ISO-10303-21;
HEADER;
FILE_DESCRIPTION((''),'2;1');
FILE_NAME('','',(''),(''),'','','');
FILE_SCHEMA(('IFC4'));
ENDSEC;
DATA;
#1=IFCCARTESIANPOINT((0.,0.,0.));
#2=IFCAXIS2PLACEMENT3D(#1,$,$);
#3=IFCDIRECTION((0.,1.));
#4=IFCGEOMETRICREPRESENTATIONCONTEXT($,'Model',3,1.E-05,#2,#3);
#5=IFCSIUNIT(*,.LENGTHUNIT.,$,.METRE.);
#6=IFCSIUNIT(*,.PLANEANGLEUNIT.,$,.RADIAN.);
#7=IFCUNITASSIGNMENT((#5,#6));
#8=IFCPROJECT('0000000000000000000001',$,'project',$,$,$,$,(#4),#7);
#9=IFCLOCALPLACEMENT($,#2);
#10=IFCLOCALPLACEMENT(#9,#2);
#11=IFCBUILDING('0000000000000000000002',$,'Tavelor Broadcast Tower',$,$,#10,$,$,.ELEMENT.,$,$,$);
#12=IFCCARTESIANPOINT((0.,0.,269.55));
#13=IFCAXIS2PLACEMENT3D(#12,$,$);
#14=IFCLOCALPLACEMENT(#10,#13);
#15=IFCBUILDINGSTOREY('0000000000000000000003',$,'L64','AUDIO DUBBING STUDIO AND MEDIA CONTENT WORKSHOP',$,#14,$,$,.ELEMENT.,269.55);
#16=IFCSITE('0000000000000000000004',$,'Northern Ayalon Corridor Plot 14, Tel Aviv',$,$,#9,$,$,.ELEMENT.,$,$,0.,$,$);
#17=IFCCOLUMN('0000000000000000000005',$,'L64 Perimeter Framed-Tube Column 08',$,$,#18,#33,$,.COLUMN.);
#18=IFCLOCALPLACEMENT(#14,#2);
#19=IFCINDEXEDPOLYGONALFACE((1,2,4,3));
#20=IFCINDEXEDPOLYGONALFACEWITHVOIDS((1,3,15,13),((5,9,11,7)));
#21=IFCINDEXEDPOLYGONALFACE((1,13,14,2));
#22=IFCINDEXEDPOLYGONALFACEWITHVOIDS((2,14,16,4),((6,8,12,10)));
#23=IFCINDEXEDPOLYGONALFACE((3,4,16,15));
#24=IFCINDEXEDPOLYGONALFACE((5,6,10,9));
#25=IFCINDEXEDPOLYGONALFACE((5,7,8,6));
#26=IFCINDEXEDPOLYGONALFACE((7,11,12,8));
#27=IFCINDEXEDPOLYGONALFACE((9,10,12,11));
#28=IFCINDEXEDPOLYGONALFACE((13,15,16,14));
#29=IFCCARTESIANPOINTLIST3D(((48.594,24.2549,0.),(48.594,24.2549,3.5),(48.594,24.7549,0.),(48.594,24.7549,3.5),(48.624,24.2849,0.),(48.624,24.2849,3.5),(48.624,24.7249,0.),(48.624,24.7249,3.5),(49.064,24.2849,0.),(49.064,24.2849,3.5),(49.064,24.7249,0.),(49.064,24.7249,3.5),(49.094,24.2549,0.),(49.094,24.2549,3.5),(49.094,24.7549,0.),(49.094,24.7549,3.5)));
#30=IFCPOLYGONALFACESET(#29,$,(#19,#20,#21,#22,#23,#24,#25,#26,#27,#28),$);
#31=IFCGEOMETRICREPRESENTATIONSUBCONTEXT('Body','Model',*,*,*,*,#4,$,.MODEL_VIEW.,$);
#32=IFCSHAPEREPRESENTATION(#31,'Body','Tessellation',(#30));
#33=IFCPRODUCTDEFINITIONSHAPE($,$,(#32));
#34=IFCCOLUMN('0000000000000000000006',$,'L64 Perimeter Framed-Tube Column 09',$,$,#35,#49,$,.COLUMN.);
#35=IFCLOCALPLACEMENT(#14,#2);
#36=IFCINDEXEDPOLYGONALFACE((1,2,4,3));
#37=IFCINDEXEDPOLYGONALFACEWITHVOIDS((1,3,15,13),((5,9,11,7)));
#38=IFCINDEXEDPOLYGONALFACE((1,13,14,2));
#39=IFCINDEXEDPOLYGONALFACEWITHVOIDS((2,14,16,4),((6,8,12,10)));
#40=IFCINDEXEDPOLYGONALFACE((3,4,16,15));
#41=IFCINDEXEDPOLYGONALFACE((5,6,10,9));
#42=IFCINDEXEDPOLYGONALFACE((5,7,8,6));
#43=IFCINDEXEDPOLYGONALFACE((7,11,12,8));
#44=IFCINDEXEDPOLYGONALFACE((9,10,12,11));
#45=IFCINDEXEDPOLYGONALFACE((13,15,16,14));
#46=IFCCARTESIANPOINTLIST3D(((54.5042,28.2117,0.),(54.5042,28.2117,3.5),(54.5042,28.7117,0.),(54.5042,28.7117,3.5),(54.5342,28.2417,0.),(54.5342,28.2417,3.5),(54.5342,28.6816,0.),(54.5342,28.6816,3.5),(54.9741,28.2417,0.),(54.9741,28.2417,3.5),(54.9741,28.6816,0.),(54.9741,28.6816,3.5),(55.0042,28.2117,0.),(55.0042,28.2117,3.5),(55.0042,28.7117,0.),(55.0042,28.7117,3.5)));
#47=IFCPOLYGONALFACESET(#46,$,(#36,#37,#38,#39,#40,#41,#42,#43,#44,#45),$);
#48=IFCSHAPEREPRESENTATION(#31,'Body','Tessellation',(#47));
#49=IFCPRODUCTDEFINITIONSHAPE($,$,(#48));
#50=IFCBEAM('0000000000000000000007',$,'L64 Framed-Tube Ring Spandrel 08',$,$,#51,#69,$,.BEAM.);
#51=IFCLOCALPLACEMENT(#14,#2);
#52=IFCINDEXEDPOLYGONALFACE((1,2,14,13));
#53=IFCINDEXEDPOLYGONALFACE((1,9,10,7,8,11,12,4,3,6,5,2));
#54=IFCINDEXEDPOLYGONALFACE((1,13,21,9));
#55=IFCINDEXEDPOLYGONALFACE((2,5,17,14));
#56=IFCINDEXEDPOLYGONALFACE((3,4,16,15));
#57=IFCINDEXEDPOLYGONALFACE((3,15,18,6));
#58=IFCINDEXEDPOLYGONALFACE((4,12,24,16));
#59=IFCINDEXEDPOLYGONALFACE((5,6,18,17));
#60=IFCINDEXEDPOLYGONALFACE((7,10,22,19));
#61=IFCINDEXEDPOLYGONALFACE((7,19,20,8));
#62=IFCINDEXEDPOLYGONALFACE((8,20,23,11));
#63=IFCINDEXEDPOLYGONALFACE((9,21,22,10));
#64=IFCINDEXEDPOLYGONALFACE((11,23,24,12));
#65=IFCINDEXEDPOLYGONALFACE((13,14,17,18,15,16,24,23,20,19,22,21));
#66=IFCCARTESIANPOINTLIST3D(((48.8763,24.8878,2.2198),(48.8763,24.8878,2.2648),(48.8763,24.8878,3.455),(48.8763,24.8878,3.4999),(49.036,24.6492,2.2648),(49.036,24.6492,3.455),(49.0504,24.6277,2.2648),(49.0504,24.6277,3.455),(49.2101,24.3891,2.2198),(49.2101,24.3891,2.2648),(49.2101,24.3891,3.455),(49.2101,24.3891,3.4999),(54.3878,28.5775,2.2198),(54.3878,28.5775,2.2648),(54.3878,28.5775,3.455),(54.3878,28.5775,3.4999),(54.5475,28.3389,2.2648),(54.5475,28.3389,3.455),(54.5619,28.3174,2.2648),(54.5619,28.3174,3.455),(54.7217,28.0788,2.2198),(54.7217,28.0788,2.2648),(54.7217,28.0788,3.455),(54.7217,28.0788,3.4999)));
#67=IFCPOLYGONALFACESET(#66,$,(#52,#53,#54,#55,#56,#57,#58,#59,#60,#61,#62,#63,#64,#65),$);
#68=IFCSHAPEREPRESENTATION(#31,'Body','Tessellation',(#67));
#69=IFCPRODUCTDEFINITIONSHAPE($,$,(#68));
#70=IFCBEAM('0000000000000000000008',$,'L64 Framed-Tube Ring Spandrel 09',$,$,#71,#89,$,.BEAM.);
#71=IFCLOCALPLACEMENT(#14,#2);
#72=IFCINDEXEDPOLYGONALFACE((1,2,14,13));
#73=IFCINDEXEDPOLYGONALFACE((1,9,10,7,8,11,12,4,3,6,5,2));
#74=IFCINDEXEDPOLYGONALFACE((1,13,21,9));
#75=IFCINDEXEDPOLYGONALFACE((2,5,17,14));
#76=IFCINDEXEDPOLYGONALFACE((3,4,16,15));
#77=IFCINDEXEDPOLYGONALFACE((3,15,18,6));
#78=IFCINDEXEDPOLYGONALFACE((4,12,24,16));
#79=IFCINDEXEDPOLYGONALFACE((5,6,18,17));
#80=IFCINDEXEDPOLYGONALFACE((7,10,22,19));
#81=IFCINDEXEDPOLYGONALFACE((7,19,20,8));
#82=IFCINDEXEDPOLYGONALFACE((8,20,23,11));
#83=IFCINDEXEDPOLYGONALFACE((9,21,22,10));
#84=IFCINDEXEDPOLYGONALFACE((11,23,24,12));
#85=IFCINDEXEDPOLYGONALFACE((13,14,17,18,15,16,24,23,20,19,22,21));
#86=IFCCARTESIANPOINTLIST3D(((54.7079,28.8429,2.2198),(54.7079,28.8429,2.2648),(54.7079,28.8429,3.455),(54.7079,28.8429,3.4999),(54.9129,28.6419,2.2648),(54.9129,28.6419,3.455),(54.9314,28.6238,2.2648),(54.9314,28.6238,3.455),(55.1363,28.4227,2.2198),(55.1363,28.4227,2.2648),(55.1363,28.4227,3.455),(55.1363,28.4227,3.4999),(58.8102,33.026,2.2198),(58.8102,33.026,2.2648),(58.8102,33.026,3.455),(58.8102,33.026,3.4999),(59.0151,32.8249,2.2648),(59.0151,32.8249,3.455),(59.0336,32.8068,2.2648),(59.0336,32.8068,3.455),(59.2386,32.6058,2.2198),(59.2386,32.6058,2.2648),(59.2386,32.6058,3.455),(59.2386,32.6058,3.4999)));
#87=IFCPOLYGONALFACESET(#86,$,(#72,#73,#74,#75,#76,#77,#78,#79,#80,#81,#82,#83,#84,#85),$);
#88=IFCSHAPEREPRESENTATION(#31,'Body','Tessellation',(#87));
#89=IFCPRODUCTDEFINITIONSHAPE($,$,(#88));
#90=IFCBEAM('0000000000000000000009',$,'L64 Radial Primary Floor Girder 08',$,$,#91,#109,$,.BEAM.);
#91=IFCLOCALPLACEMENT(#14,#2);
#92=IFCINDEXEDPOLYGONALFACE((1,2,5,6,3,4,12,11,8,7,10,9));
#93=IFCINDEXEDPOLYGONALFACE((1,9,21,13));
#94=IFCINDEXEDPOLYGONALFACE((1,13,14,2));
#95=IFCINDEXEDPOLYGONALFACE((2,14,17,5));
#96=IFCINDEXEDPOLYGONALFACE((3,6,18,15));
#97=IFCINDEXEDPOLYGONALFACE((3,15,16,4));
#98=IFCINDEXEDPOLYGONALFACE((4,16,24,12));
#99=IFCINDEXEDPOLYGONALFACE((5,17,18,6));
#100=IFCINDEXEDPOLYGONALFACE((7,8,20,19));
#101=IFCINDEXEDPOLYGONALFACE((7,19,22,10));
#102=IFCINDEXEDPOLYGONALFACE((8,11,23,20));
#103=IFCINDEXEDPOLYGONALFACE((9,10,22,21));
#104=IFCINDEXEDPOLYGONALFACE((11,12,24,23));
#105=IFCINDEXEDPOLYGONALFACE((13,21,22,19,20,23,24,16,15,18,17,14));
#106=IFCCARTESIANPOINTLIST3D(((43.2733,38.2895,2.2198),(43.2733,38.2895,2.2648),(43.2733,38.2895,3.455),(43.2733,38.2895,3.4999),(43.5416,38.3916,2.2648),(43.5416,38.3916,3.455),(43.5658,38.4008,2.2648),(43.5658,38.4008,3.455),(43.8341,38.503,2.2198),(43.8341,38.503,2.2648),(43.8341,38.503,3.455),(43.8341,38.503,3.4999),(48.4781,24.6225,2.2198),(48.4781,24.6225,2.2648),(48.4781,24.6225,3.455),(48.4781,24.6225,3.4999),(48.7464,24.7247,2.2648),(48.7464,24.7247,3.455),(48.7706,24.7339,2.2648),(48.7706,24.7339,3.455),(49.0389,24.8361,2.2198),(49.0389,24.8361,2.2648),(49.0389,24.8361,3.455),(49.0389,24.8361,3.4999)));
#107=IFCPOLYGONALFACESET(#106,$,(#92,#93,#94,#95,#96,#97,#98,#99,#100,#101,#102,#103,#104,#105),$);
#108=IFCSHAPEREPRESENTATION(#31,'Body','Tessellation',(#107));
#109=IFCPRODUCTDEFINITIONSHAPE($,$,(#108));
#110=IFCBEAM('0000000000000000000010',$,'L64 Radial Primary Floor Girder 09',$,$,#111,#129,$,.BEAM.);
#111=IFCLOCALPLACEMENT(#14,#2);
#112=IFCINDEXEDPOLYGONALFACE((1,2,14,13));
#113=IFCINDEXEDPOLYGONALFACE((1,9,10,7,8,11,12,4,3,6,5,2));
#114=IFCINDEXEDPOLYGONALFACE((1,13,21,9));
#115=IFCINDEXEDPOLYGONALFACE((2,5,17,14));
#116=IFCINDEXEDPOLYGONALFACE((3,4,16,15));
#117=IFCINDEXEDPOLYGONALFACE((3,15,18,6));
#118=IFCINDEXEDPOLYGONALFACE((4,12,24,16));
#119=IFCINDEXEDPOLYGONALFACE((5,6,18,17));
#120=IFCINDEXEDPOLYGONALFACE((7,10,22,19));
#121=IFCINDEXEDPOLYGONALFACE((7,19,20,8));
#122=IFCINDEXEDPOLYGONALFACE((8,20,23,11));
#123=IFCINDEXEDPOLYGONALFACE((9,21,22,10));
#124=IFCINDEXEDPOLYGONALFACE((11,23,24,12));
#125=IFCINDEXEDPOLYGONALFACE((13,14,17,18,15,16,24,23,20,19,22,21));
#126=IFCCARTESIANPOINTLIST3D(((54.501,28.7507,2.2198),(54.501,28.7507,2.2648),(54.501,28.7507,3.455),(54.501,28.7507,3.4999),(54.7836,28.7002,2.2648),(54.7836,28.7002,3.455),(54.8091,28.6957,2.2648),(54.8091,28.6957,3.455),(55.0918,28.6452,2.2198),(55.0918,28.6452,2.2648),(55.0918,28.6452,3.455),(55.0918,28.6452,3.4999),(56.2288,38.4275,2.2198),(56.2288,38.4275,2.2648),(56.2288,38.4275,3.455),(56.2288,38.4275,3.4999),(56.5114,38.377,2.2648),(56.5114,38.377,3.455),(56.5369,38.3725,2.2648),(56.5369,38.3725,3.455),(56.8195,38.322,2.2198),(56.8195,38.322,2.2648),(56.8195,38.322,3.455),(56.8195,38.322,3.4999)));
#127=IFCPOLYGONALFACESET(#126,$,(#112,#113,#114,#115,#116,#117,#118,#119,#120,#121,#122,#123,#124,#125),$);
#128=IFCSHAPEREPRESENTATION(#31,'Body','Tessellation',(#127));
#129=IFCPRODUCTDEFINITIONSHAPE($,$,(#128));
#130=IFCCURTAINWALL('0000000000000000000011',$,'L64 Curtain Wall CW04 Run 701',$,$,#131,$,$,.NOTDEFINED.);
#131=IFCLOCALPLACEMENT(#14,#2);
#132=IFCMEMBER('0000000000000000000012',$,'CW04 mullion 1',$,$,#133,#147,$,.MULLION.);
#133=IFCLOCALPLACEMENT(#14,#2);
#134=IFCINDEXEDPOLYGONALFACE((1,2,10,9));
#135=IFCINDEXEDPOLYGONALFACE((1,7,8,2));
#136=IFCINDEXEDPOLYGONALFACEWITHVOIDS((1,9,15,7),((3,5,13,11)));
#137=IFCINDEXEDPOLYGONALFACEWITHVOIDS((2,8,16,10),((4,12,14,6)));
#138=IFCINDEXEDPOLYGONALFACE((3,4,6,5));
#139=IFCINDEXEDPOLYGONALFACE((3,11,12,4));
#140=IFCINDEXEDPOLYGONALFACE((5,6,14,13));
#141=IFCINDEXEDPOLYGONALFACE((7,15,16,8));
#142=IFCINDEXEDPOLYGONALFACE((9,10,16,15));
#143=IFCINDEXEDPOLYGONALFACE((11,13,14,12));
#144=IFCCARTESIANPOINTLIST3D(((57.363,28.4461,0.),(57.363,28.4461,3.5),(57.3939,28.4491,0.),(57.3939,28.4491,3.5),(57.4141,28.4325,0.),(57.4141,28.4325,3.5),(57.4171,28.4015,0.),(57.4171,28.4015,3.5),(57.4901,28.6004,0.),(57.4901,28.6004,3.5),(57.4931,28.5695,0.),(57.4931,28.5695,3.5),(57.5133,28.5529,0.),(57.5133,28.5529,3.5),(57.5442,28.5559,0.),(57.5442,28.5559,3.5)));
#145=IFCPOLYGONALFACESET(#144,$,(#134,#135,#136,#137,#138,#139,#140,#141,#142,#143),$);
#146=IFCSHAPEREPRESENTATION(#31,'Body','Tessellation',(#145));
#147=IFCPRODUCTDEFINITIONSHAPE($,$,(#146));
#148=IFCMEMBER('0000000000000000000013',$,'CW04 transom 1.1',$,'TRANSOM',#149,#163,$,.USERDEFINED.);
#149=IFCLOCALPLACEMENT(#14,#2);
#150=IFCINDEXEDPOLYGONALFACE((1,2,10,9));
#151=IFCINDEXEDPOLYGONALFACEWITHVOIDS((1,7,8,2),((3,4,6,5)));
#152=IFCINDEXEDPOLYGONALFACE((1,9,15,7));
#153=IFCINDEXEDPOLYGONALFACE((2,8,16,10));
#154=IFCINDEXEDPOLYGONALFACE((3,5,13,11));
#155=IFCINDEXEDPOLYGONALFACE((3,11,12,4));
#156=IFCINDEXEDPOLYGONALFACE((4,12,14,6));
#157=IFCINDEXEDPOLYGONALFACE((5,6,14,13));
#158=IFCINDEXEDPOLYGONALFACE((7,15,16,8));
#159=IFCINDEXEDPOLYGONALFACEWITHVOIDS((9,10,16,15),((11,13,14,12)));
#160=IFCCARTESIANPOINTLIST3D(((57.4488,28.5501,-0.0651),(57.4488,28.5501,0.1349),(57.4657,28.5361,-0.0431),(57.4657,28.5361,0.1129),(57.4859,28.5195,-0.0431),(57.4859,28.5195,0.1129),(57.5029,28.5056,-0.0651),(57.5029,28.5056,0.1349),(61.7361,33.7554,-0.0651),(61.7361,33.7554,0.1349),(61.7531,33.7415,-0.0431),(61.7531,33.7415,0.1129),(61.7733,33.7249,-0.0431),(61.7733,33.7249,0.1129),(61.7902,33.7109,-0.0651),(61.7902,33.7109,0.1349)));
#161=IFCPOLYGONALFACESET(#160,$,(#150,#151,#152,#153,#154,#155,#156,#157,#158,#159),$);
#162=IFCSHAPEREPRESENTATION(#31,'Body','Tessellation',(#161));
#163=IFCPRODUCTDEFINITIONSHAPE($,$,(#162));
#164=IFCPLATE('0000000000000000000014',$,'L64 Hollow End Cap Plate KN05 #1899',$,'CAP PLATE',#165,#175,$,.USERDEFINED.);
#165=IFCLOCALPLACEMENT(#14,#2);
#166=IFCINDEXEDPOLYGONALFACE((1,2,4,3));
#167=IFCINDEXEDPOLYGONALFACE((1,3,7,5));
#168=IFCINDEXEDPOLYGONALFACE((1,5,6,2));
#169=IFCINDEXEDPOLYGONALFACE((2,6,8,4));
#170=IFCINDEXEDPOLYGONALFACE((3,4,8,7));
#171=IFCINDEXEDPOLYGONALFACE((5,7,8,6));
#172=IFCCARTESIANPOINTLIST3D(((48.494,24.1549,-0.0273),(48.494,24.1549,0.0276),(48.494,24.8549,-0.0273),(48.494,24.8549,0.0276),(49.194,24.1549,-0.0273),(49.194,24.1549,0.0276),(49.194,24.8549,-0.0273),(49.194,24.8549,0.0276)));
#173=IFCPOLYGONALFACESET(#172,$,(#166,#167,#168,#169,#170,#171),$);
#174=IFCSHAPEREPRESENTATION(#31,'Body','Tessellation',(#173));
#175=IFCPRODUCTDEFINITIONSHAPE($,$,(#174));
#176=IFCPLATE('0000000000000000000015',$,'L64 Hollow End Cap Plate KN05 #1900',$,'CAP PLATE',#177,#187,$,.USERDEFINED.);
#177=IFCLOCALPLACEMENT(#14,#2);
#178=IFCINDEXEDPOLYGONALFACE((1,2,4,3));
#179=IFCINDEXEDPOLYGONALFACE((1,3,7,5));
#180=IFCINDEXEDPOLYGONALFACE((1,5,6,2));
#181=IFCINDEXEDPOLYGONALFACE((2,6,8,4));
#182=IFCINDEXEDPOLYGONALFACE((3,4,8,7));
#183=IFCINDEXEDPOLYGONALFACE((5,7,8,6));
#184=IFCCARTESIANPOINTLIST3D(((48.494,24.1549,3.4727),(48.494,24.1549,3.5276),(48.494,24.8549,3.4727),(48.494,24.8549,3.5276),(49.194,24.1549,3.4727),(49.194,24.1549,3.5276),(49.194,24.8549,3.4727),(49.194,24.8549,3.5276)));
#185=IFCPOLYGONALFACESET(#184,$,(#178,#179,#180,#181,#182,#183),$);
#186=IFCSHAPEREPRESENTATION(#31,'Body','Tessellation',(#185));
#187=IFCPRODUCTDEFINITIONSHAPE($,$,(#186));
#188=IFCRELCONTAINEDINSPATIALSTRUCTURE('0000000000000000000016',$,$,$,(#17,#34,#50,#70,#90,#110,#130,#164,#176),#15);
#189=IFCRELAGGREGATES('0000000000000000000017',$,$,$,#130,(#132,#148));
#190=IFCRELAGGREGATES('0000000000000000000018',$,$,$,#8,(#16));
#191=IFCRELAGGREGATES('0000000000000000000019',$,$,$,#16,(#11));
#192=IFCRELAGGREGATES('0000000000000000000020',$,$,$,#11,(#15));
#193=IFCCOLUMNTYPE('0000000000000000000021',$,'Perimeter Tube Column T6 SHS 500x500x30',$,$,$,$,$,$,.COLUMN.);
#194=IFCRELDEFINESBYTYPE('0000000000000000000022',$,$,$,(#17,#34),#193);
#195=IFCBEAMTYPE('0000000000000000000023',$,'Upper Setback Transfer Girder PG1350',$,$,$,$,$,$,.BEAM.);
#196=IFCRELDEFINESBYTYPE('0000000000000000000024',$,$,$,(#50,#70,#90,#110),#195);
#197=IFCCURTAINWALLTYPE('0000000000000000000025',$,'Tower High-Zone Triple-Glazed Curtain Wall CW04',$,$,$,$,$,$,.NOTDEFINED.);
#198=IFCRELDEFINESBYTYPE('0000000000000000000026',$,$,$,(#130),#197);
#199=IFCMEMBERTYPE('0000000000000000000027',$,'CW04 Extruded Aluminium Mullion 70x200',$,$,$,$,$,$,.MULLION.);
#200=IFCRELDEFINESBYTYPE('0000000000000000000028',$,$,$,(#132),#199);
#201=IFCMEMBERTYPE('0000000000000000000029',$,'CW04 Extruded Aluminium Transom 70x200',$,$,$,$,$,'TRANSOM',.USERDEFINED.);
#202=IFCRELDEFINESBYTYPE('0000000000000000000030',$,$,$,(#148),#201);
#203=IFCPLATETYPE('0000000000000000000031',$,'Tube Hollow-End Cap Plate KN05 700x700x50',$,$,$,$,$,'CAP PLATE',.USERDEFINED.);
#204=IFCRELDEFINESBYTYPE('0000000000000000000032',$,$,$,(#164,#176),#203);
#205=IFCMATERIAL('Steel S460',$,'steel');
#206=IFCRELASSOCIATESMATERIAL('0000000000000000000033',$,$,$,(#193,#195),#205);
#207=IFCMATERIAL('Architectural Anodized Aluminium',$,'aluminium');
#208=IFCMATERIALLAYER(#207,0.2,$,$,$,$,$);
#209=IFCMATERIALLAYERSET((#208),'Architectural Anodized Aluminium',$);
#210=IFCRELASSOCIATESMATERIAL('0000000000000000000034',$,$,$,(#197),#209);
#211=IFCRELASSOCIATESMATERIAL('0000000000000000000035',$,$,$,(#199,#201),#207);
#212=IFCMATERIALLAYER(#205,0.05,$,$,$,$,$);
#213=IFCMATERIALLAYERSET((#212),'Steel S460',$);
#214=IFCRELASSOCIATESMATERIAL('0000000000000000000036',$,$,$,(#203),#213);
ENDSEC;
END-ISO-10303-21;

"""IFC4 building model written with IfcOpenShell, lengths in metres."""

from ifc_helpers import new_model, si_unit, direction, frame, origin, origin_2d, place, context, subcontext, project, spatial, rectangle, hollow_rectangle, i_section, extrude, source, transform, mapped, material, layer, layer_set, material_profile, profile_set, type_object, type_shapes, element, aggregate, save


model = new_model("IFC4")

# Units and contexts
model_context = context("Model", 3, precision=1e-05, world=origin(), true_north=direction((0.0, 1.0)))
body_context = subcontext(model_context, "Body", "Model", "MODEL_VIEW")
ifc_project = project(units=[si_unit("LENGTHUNIT", "METRE"), si_unit("PLANEANGLEUNIT", "RADIAN")], contexts=[model_context])

# Site, building, storey
site_placement = place(None, origin())
site = spatial("IfcSite", under=ifc_project, at=site_placement, Name="Northern Ayalon Corridor Plot 14, Tel Aviv", CompositionType="ELEMENT", RefElevation=0.0)
building_placement = place(site_placement, origin())
building = spatial("IfcBuilding", under=site, at=building_placement, Name="Tavelor Broadcast Tower", CompositionType="ELEMENT")
storey_placement = place(building_placement, frame((0.0, 0.0, 269.55)))
storey = spatial("IfcBuildingStorey", under=building, at=storey_placement, Name="L64", Description="AUDIO DUBBING STUDIO AND MEDIA CONTENT WORKSHOP", CompositionType="ELEMENT", Elevation=269.55)

# Columns
ifc_material_1 = material(Name="Steel S460", Category="steel")
ifc_material_profile_1 = material_profile(ifc_material_1, hollow_rectangle(XDim=0.5, YDim=0.5, WallThickness=0.03, at=origin_2d()), Name="SHS 500x500x30")
ifc_profile_set_1 = profile_set([ifc_material_profile_1], Name="Steel S460")
column_type = type_object("IfcColumnType", Name="Perimeter Tube Column T6 SHS 500x500x30", PredefinedType="COLUMN", material=ifc_profile_set_1)
for number, where, z_axis, x_axis, name in (
    (1, (48.844, 24.5049, 0.0), (0.0, 0.0, 1.0), (1.0, 0.0, 0.0), "L64 Perimeter Framed-Tube Column 08"),
    (2, (54.7542, 28.4617, 0.0), (0.0, 0.0, 1.0), (1.0, 0.0, 0.0), "L64 Perimeter Framed-Tube Column 09"),
):
    element("IfcColumn", number, at=place(storey_placement, frame(where, z_axis=z_axis, x_axis=x_axis)), inside=storey, type_object=column_type, Name=name, PredefinedType="COLUMN", context=body_context, shape_type="SweptSolid", body=[
        extrude(hollow_rectangle(XDim=0.5, YDim=0.5, WallThickness=0.03, at=origin_2d()), origin(), (0.0, 0.0, 1.0), 3.5),
    ])

# Beams
ifc_material_profile_2 = material_profile(ifc_material_1, i_section(OverallWidth=0.6001, OverallDepth=1.28, WebThickness=0.0259, FlangeThickness=0.0449, at=origin_2d()), Name="PG 1280x600")
ifc_profile_set_2 = profile_set([ifc_material_profile_2], Name="Steel S460")
beam_type = type_object("IfcBeamType", Name="Upper Setback Transfer Girder PG1350", PredefinedType="BEAM", material=ifc_profile_set_2)
beam_1_placement = place(storey_placement, frame((49.0432, 24.6384, 2.8599), z_axis=(0.830978, 0.556305, 0.0), x_axis=(-0.556305, 0.830978, 0.0)))
element("IfcBeam", 3, at=beam_1_placement, inside=storey, type_object=beam_type, Name="L64 Framed-Tube Ring Spandrel 08", PredefinedType="BEAM", context=body_context, shape_type="SweptSolid", body=[
    extrude(i_section(OverallWidth=0.6001, OverallDepth=1.28, WebThickness=0.0259, FlangeThickness=0.0449, at=origin_2d()), origin(), (0.0, 0.0, 1.0), 6.6326),
])
beam_2_placement = place(storey_placement, frame((54.9221, 28.6328, 2.8599), z_axis=(0.700177, 0.713969, 0.0), x_axis=(-0.713969, 0.700177, 0.0)))
element("IfcBeam", 4, at=beam_2_placement, inside=storey, type_object=beam_type, Name="L64 Framed-Tube Ring Spandrel 09", PredefinedType="BEAM", context=body_context, shape_type="SweptSolid", body=[
    extrude(i_section(OverallWidth=0.6001, OverallDepth=1.28, WebThickness=0.0259, FlangeThickness=0.0449, at=origin_2d()), origin(), (0.0, 0.0, 1.0), 5.8589),
])
beam_3_placement = place(storey_placement, frame((43.5537, 38.3962, 2.8599), z_axis=(0.355897, -0.934525, 0.0), x_axis=(0.934525, 0.355897, 0.0)))
element("IfcBeam", 5, at=beam_3_placement, inside=storey, type_object=beam_type, Name="L64 Radial Primary Floor Girder 08", PredefinedType="BEAM", context=body_context, shape_type="SweptSolid", body=[
    extrude(i_section(OverallWidth=0.6001, OverallDepth=1.28, WebThickness=0.0259, FlangeThickness=0.0449, at=origin_2d()), origin(), (0.0, 0.0, 1.0), 14.6245),
])
beam_4_placement = place(storey_placement, frame((56.5242, 38.3748, 2.8599), z_axis=(-0.17577, -0.984431, 0.0), x_axis=(0.984431, -0.17577, 0.0)))
element("IfcBeam", 6, at=beam_4_placement, inside=storey, type_object=beam_type, Name="L64 Radial Primary Floor Girder 09", PredefinedType="BEAM", context=body_context, shape_type="SweptSolid", body=[
    extrude(i_section(OverallWidth=0.6001, OverallDepth=1.28, WebThickness=0.0259, FlangeThickness=0.0449, at=origin_2d()), origin(), (0.0, 0.0, 1.0), 9.8298),
])

# Curtain wall, members
ifc_material_2 = material(Name="Architectural Anodized Aluminium", Category="aluminium")
ifc_layer_1 = layer(ifc_material_2, 0.2)
ifc_layer_set_1 = layer_set([ifc_layer_1], Name="Architectural Anodized Aluminium")
curtain_wall_type = type_object("IfcCurtainWallType", Name="Tower High-Zone Triple-Glazed Curtain Wall CW04", PredefinedType="NOTDEFINED", material=ifc_layer_set_1)
curtain_wall_placement = place(storey_placement, origin())
curtain_wall = element("IfcCurtainWall", 7, at=curtain_wall_placement, inside=storey, type_object=curtain_wall_type, Name="L64 Curtain Wall CW04 Run 701", PredefinedType="NOTDEFINED")
ifc_material_profile_3 = material_profile(ifc_material_2, hollow_rectangle(XDim=0.0701, YDim=0.2, WallThickness=0.022, at=origin_2d()), Name="RHS 70x200x22")
ifc_profile_set_3 = profile_set([ifc_material_profile_3], Name="Architectural Anodized Aluminium")
member_type_1 = type_object("IfcMemberType", Name="CW04 Extruded Aluminium Mullion 70x200", PredefinedType="MULLION", material=ifc_profile_set_3)
shared_shape_1 = source(origin(), body_context, "Body", "SweptSolid", [
    extrude(hollow_rectangle(XDim=0.0701, YDim=0.2, WallThickness=0.022, at=origin_2d()), origin(), (0.0, 0.0, 1.0), 3.5),
])
type_shapes(member_type_1, [shared_shape_1])
member_1_placement = place(storey_placement, frame((57.4536, 28.501, 0.0), z_axis=(0.0, 0.0, 1.0), x_axis=(-0.771898, 0.635747, 0.0)))
member_1 = element("IfcMember", 8, at=member_1_placement, type_object=member_type_1, Name="CW04 mullion 1", PredefinedType="MULLION", context=body_context, shape_type="MappedRepresentation", body=[
    mapped(shared_shape_1, transform((0.0, 0.0, 0.0), scale=1.0)),
])
ifc_material_profile_4 = material_profile(ifc_material_2, hollow_rectangle(XDim=0.0701, YDim=0.2, WallThickness=0.022, at=origin_2d()), Name="RHS 70x200x22")
ifc_profile_set_4 = profile_set([ifc_material_profile_4], Name="Architectural Anodized Aluminium")
member_type_2 = type_object("IfcMemberType", Name="CW04 Extruded Aluminium Transom 70x200", ElementType="TRANSOM", PredefinedType="USERDEFINED", material=ifc_profile_set_4)
shared_shape_2 = source(origin(), body_context, "Body", "SweptSolid", [
    extrude(hollow_rectangle(XDim=0.0701, YDim=0.2, WallThickness=0.022, at=origin_2d()), origin(), (0.0, 0.0, 1.0), 6.7437),
])
type_shapes(member_type_2, [shared_shape_2])
member_2_placement = place(storey_placement, frame((57.4758, 28.5278, 0.0349), z_axis=(0.635762, 0.771885, 0.0), x_axis=(-0.771885, 0.635762, 0.0)))
member_2 = element("IfcMember", 9, at=member_2_placement, type_object=member_type_2, Name="CW04 transom 1.1", ObjectType="TRANSOM", PredefinedType="USERDEFINED", context=body_context, shape_type="MappedRepresentation", body=[
    mapped(shared_shape_2, transform((0.0, 0.0, 0.0), scale=1.0)),
])
aggregate(curtain_wall, [member_1, member_2])

# Plates
ifc_layer_2 = layer(ifc_material_1, 0.05)
ifc_layer_set_2 = layer_set([ifc_layer_2], Name="Steel S460")
plate_type_1 = type_object("IfcPlateType", Name="Tube Hollow-End Cap Plate KN05 700x700x50", ElementType="CAP PLATE", PredefinedType="USERDEFINED", material=ifc_layer_set_2)
shared_shape_3 = source(origin(), body_context, "Body", "SweptSolid", [
    extrude(rectangle(XDim=0.7, YDim=0.7, at=origin_2d()), origin(), (0.0, 0.0, 1.0), 0.0549),
])
type_shapes(plate_type_1, [shared_shape_3])
for number, where, z_axis, x_axis, name in (
    (10, (48.844, 24.5049, -0.0273), (0.0, 0.0, 1.0), (1.0, 0.0, 0.0), "L64 Hollow End Cap Plate KN05 #1899"),
    (11, (48.844, 24.5049, 3.4727), (0.0, 0.0, 1.0), (1.0, 0.0, 0.0), "L64 Hollow End Cap Plate KN05 #1900"),
):
    element("IfcPlate", number, at=place(storey_placement, frame(where, z_axis=z_axis, x_axis=x_axis)), inside=storey, type_object=plate_type_1, Name=name, ObjectType="CAP PLATE", PredefinedType="USERDEFINED", context=body_context, shape_type="MappedRepresentation", body=[
        mapped(shared_shape_3, transform((0.0, 0.0, 0.0), scale=1.0)),
    ])

save(model, "model.ifc")
